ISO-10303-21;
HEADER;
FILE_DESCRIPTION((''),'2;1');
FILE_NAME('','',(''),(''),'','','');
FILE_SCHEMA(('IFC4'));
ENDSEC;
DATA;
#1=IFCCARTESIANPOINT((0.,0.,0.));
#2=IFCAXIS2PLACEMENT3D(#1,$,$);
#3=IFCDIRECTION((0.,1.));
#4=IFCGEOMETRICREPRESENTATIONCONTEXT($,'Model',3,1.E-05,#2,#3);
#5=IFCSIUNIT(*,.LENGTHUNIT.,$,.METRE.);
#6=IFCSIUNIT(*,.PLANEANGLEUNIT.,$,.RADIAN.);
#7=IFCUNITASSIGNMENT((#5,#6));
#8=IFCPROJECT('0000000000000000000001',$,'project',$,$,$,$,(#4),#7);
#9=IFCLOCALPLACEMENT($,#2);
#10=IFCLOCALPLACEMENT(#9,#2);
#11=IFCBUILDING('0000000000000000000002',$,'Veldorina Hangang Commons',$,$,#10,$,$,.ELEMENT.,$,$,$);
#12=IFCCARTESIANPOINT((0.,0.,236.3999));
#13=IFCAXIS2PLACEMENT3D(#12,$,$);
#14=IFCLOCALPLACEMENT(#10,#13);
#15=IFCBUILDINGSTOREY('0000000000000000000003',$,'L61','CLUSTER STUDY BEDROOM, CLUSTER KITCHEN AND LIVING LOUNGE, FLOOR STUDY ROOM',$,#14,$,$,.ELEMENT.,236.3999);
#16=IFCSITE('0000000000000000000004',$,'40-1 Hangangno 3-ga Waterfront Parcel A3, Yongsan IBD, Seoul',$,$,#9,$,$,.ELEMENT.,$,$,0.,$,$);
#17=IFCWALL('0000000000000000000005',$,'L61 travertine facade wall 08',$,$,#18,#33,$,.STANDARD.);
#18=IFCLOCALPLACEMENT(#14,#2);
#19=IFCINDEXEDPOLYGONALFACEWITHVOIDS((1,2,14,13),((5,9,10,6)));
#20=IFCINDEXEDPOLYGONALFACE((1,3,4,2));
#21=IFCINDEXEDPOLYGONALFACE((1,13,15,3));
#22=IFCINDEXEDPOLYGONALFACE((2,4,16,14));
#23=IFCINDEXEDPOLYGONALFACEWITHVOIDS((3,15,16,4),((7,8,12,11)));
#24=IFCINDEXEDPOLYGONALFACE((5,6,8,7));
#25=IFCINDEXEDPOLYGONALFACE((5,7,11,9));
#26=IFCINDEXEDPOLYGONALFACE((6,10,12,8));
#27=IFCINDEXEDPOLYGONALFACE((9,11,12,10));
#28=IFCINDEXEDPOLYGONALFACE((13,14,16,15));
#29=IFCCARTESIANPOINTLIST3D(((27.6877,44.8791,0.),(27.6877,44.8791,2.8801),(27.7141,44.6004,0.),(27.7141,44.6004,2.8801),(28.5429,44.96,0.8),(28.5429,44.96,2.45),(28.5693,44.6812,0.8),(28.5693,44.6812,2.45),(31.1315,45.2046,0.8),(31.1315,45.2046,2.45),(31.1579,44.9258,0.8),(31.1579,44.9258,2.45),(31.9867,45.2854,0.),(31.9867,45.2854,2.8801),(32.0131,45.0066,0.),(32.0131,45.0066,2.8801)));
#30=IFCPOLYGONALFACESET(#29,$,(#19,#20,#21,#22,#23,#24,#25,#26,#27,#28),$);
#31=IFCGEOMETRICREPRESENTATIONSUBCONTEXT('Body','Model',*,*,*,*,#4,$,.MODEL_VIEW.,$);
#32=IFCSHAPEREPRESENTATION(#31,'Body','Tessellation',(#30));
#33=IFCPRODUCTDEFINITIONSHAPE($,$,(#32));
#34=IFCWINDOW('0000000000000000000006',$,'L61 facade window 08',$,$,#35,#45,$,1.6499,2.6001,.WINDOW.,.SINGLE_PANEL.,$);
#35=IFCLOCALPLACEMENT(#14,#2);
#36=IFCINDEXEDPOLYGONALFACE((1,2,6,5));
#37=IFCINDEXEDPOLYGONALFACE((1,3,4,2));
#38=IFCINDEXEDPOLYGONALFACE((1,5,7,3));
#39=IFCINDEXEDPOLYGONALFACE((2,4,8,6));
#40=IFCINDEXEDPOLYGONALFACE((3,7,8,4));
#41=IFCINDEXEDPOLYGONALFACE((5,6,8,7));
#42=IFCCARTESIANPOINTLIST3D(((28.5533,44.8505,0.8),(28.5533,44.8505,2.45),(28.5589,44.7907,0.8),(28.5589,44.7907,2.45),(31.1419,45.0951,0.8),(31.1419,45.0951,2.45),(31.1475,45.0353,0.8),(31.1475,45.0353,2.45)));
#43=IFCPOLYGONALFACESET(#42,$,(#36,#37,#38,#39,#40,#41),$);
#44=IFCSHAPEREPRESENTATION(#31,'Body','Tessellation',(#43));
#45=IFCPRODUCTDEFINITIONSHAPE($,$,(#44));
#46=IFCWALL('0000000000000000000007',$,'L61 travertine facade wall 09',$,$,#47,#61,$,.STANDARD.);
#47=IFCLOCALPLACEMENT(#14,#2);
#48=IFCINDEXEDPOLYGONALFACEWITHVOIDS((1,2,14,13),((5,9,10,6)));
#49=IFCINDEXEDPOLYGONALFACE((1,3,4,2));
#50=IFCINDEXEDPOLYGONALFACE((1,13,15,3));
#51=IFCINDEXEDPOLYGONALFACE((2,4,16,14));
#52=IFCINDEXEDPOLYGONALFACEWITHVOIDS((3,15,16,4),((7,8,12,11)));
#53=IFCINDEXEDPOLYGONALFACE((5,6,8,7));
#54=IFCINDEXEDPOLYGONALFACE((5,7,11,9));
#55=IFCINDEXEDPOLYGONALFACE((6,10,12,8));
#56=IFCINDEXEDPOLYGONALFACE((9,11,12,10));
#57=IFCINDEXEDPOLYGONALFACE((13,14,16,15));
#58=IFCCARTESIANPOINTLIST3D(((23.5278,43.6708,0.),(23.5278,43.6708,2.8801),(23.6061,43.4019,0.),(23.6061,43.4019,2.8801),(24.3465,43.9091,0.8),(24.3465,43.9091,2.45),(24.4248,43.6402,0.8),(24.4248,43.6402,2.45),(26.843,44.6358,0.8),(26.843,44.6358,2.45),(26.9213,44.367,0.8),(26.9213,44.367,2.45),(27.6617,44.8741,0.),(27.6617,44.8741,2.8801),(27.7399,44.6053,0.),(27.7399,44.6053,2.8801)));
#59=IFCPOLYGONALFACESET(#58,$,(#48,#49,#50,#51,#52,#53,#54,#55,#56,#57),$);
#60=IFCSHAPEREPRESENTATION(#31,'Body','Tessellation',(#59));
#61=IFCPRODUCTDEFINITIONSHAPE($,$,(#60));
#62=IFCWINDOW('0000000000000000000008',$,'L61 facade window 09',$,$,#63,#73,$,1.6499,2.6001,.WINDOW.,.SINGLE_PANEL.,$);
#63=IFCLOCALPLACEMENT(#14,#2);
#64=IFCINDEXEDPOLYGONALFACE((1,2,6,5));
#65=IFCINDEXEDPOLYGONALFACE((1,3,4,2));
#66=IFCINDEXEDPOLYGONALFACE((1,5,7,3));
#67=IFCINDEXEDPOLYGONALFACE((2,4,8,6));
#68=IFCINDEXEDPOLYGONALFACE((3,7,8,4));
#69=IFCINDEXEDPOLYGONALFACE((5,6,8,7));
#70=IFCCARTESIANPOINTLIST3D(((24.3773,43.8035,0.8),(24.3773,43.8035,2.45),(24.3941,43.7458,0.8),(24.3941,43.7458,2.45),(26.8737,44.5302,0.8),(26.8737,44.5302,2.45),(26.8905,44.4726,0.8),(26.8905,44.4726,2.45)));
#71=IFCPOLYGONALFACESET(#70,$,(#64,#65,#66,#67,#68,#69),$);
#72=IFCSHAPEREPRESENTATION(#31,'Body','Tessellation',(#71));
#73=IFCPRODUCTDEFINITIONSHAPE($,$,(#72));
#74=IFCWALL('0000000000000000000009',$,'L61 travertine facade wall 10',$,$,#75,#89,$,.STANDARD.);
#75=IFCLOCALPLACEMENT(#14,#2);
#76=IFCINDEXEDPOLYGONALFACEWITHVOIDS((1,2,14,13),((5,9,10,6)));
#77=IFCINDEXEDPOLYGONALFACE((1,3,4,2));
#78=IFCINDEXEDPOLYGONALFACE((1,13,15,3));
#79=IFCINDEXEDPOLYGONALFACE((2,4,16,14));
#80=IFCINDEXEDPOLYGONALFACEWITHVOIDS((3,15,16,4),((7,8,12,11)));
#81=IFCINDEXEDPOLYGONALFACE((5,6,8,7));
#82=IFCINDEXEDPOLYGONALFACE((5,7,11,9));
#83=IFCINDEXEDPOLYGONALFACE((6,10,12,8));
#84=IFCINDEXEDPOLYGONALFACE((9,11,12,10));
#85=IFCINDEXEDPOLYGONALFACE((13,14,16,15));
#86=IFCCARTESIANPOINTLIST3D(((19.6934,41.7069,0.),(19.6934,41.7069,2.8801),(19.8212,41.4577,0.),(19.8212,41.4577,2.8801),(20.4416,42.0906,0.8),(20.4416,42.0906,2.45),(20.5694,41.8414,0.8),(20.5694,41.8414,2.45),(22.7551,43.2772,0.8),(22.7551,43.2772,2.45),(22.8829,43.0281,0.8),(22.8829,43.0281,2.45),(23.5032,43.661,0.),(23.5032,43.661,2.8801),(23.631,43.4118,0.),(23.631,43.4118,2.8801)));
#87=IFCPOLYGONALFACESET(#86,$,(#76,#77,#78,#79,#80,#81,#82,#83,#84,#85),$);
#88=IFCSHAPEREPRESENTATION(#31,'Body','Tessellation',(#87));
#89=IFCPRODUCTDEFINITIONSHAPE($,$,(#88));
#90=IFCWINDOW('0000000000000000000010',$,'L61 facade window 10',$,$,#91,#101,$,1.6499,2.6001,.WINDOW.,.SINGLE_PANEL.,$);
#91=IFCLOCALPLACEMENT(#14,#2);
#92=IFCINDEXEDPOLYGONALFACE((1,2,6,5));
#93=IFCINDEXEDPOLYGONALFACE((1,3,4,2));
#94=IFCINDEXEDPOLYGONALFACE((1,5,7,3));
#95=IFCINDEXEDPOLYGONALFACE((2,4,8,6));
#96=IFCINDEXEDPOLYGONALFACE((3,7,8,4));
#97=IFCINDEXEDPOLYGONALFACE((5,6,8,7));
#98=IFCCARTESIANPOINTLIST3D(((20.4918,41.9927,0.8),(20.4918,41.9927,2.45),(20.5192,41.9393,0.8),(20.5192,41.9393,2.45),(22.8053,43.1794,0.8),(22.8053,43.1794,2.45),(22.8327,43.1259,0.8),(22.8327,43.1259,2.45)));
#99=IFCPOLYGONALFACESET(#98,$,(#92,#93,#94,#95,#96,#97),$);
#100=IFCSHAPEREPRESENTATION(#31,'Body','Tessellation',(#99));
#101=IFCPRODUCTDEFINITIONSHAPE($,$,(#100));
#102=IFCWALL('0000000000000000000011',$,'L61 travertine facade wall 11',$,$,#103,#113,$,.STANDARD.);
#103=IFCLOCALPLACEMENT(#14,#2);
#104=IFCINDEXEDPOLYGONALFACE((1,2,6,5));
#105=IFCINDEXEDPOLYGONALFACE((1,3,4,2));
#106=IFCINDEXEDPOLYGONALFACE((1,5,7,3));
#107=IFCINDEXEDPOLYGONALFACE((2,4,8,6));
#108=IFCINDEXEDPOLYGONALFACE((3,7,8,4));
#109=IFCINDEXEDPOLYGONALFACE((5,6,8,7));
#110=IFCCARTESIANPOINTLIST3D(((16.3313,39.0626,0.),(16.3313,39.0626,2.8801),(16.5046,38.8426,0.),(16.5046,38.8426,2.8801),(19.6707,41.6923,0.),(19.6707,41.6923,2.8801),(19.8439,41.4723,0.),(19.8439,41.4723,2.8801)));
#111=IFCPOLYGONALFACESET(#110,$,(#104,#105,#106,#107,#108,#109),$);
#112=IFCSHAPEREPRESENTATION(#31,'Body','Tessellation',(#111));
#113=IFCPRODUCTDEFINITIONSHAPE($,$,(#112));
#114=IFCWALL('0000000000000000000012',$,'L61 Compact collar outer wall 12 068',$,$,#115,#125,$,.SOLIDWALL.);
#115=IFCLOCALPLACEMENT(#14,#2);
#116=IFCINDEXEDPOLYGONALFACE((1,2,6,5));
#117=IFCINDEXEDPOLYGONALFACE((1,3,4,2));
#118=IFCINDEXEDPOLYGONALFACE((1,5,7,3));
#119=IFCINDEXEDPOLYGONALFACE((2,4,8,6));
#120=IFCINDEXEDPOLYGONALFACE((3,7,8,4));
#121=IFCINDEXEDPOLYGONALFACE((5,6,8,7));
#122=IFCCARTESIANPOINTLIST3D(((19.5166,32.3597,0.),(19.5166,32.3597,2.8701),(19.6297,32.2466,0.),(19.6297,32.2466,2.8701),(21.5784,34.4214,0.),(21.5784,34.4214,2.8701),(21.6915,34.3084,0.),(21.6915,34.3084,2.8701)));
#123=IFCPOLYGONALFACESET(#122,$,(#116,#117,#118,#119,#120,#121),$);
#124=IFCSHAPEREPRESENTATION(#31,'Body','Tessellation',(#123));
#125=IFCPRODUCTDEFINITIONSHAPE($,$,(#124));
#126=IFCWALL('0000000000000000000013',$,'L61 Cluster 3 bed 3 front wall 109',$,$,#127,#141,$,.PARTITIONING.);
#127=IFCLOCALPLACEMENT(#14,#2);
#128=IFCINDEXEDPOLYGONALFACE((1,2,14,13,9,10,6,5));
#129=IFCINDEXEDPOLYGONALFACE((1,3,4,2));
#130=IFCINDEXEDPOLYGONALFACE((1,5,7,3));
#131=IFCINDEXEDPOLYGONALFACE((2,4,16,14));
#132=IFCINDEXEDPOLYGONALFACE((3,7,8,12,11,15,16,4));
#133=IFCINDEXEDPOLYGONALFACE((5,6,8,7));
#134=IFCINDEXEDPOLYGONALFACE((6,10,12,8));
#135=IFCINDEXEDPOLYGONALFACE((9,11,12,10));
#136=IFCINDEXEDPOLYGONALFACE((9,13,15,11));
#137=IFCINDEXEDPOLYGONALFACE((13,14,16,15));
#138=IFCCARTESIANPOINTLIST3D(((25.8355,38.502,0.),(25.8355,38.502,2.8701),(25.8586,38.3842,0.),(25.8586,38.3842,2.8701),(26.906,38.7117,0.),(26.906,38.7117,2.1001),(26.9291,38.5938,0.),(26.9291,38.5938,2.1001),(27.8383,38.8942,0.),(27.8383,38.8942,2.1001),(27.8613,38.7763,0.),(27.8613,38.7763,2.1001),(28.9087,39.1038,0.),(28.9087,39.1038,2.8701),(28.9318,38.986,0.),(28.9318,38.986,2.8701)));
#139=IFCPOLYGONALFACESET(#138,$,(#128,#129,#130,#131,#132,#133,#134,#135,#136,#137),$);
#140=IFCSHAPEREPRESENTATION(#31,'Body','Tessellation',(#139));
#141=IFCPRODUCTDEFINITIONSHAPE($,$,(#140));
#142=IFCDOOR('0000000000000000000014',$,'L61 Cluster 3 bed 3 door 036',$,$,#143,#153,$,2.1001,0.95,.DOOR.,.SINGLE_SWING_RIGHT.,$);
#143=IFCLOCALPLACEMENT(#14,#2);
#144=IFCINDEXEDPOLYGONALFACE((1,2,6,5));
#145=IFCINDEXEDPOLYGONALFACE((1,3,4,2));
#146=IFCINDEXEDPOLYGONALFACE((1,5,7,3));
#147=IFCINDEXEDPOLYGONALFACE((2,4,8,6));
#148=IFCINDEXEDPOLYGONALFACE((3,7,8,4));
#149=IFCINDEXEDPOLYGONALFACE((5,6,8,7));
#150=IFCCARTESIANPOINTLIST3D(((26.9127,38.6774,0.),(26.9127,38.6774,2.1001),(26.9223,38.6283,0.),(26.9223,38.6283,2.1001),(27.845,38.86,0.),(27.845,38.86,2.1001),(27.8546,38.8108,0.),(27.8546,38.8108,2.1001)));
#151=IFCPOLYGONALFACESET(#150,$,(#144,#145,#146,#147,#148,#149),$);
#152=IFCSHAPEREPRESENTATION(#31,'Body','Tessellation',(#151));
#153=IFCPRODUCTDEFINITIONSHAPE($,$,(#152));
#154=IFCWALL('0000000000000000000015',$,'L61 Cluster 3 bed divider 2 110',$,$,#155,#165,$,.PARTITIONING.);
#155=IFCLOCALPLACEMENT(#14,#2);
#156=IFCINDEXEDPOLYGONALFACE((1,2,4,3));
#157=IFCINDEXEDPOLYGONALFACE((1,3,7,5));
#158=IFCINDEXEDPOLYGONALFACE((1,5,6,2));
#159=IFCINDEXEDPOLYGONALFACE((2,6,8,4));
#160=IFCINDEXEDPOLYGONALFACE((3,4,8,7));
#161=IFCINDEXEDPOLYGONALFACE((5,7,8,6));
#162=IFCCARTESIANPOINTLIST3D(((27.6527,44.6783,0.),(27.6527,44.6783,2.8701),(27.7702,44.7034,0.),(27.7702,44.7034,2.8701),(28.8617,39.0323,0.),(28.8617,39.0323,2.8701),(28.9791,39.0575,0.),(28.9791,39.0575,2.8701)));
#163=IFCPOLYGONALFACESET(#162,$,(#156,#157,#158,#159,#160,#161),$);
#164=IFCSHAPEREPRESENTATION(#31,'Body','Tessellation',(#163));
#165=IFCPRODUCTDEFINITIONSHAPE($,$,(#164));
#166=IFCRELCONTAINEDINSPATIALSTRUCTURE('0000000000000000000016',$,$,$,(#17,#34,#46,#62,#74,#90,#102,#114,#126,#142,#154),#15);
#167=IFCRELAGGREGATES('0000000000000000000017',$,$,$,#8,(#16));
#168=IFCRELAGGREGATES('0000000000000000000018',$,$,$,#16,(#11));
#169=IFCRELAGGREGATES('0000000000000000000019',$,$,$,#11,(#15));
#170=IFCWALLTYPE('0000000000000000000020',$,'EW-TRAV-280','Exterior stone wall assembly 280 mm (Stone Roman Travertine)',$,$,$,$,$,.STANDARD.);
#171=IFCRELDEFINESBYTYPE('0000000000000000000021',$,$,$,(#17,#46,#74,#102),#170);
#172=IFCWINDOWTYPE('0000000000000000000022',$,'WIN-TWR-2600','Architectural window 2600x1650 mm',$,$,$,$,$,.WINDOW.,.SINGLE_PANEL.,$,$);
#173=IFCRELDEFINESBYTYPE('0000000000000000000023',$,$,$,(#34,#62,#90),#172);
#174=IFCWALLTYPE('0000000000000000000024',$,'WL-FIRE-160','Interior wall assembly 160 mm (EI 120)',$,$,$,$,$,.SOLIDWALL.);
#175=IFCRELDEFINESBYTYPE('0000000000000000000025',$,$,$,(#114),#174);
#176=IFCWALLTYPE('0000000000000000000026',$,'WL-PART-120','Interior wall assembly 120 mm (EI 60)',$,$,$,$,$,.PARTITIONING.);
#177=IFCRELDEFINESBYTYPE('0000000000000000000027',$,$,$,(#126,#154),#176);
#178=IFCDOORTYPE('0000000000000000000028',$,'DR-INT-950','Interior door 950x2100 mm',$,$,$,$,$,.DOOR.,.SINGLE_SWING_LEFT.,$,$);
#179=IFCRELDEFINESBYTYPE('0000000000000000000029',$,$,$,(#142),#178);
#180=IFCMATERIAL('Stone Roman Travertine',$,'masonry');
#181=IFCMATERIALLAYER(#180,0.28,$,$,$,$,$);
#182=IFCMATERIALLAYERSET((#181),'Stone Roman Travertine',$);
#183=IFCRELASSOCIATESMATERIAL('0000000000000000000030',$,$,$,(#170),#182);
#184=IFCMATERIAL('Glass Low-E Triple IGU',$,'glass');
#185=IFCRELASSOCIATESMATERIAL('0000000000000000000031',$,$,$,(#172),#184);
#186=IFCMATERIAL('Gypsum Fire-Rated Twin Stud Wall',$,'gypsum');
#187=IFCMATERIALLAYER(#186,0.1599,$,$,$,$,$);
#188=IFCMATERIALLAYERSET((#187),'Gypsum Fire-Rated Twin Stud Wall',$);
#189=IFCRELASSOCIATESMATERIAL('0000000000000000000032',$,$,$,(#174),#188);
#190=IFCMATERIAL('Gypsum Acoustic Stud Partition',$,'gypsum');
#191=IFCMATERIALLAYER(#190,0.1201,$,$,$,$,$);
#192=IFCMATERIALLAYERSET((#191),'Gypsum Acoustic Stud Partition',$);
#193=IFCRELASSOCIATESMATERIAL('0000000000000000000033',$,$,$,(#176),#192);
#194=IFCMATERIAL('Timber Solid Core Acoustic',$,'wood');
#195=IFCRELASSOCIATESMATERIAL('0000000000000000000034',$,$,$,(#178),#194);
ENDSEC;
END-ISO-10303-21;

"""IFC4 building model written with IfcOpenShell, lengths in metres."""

from ifc_helpers import new_model, si_unit, direction, frame, frame_2d, origin, place, context, subcontext, project, spatial, rectangle, extrude, material, layer, layer_set, type_object, element, fill, save


model = new_model("IFC4")

# Units and contexts
model_context = context("Model", 3, precision=1e-05, world=origin(), true_north=direction((0.0, 1.0)))
body_context = subcontext(model_context, "Body", "Model", "MODEL_VIEW")
ifc_project = project(units=[si_unit("LENGTHUNIT", "METRE"), si_unit("PLANEANGLEUNIT", "RADIAN")], contexts=[model_context])

# Site, building, storey
site_placement = place(None, origin())
site = spatial("IfcSite", under=ifc_project, at=site_placement, Name="40-1 Hangangno 3-ga Waterfront Parcel A3, Yongsan IBD, Seoul", CompositionType="ELEMENT", RefElevation=0.0)
building_placement = place(site_placement, origin())
building = spatial("IfcBuilding", under=site, at=building_placement, Name="Veldorina Hangang Commons", CompositionType="ELEMENT")
storey_placement = place(building_placement, frame((0.0, 0.0, 236.3999)))
storey = spatial("IfcBuildingStorey", under=building, at=storey_placement, Name="L61", Description="CLUSTER STUDY BEDROOM, CLUSTER KITCHEN AND LIVING LOUNGE, FLOOR STUDY ROOM", CompositionType="ELEMENT", Elevation=236.3999)

# Walls, openings, windows
ifc_material_1 = material(Name="Stone Roman Travertine", Category="masonry")
ifc_layer_1 = layer(ifc_material_1, 0.28)
ifc_layer_set_1 = layer_set([ifc_layer_1], Name="Stone Roman Travertine")
wall_type_1 = type_object("IfcWallType", Name="EW-TRAV-280", Description="Exterior stone wall assembly 280 mm (Stone Roman Travertine)", PredefinedType="STANDARD", material=ifc_layer_set_1)
wall_1_placement = place(storey_placement, frame((32.0, 45.146, 0.0), z_axis=(0.0, 0.0, 1.0), x_axis=(-0.995565, -0.094078, 0.0)))
wall_1 = element("IfcWall", 1, at=wall_1_placement, inside=storey, type_object=wall_type_1, Name="L61 travertine facade wall 08", PredefinedType="STANDARD", context=body_context, shape_type="SweptSolid", body=[
    extrude(rectangle(XDim=4.3181, YDim=0.28, at=frame_2d((2.1592, 0.0))), origin(), (0.0, 0.0, 1.0), 2.8801),
])
opening_1_placement = place(wall_1_placement, frame((0.8591, 0.0, 0.8)))
opening_1 = element("IfcOpeningElement", 2, at=opening_1_placement, cuts=wall_1, PredefinedType="OPENING", context=body_context, shape_type="SweptSolid", body=[
    extrude(rectangle(XDim=2.6001, YDim=1.6499, at=frame_2d((1.3, 0.825))), frame((0.0, 0.1499, 0.0), z_axis=(0.0, -1.0, 0.0), x_axis=(1.0, 0.0, 0.0)), (0.0, 0.0, 1.0), 0.3),
])
ifc_material_2 = material(Name="Glass Low-E Triple IGU", Category="glass")
window_type = type_object("IfcWindowType", Name="WIN-TWR-2600", Description="Architectural window 2600x1650 mm", PartitioningType="SINGLE_PANEL", PredefinedType="WINDOW", material=ifc_material_2)
window_1_placement = place(opening_1_placement, origin())
window_1 = element("IfcWindow", 3, at=window_1_placement, inside=storey, type_object=window_type, Name="L61 facade window 08", OverallHeight=1.6499, OverallWidth=2.6001, PartitioningType="SINGLE_PANEL", PredefinedType="WINDOW", context=body_context, shape_type="SweptSolid", body=[
    extrude(rectangle(XDim=2.6001, YDim=1.6499, at=frame_2d((1.3, 0.825))), frame((0.0, 0.03, 0.0), z_axis=(0.0, -1.0, 0.0), x_axis=(1.0, 0.0, 0.0)), (0.0, 0.0, 1.0), 0.0601),
])
fill(opening_1, window_1)
wall_2_placement = place(storey_placement, frame((27.7009, 44.7397, 0.0), z_axis=(0.0, 0.0, 1.0), x_axis=(-0.960145, -0.279503, 0.0)))
wall_2 = element("IfcWall", 4, at=wall_2_placement, inside=storey, type_object=wall_type_1, Name="L61 travertine facade wall 09", PredefinedType="STANDARD", context=body_context, shape_type="SweptSolid", body=[
    extrude(rectangle(XDim=4.3054, YDim=0.28, at=frame_2d((2.1528, 0.0))), origin(), (0.0, 0.0, 1.0), 2.8801),
])
opening_2_placement = place(wall_2_placement, frame((0.8528, 0.0, 0.8)))
opening_2 = element("IfcOpeningElement", 5, at=opening_2_placement, cuts=wall_2, PredefinedType="OPENING", context=body_context, shape_type="SweptSolid", body=[
    extrude(rectangle(XDim=2.6001, YDim=1.6499, at=frame_2d((1.3, 0.825))), frame((0.0, 0.1499, 0.0), z_axis=(0.0, -1.0, 0.0), x_axis=(1.0, 0.0, 0.0)), (0.0, 0.0, 1.0), 0.3),
])
window_2_placement = place(opening_2_placement, origin())
window_2 = element("IfcWindow", 6, at=window_2_placement, inside=storey, type_object=window_type, Name="L61 facade window 09", OverallHeight=1.6499, OverallWidth=2.6001, PartitioningType="SINGLE_PANEL", PredefinedType="WINDOW", context=body_context, shape_type="SweptSolid", body=[
    extrude(rectangle(XDim=2.6001, YDim=1.6499, at=frame_2d((1.3, 0.825))), frame((0.0, 0.03, 0.0), z_axis=(0.0, -1.0, 0.0), x_axis=(1.0, 0.0, 0.0)), (0.0, 0.0, 1.0), 0.0601),
])
fill(opening_2, window_2)
wall_3_placement = place(storey_placement, frame((23.5671, 43.5364, 0.0), z_axis=(0.0, 0.0, 1.0), x_axis=(-0.889784, -0.456381, 0.0)))
wall_3 = element("IfcWall", 7, at=wall_3_placement, inside=storey, type_object=wall_type_1, Name="L61 travertine facade wall 10", PredefinedType="STANDARD", context=body_context, shape_type="SweptSolid", body=[
    extrude(rectangle(XDim=4.2817, YDim=0.28, at=frame_2d((2.1409, 0.0))), origin(), (0.0, 0.0, 1.0), 2.8801),
])
opening_3_placement = place(wall_3_placement, frame((0.8408, 0.0, 0.8)))
opening_3 = element("IfcOpeningElement", 8, at=opening_3_placement, cuts=wall_3, PredefinedType="OPENING", context=body_context, shape_type="SweptSolid", body=[
    extrude(rectangle(XDim=2.6001, YDim=1.6499, at=frame_2d((1.3, 0.825))), frame((0.0, 0.1499, 0.0), z_axis=(0.0, -1.0, 0.0), x_axis=(1.0, 0.0, 0.0)), (0.0, 0.0, 1.0), 0.3),
])
window_3_placement = place(opening_3_placement, origin())
window_3 = element("IfcWindow", 9, at=window_3_placement, inside=storey, type_object=window_type, Name="L61 facade window 10", OverallHeight=1.6499, OverallWidth=2.6001, PartitioningType="SINGLE_PANEL", PredefinedType="WINDOW", context=body_context, shape_type="SweptSolid", body=[
    extrude(rectangle(XDim=2.6001, YDim=1.6499, at=frame_2d((1.3, 0.825))), frame((0.0, 0.03, 0.0), z_axis=(0.0, -1.0, 0.0), x_axis=(1.0, 0.0, 0.0)), (0.0, 0.0, 1.0), 0.0601),
])
fill(opening_3, window_3)

# Walls
wall_4_placement = place(storey_placement, frame((19.7573, 41.5823, 0.0), z_axis=(0.0, 0.0, 1.0), x_axis=(-0.785648, -0.618674, 0.0)))
element("IfcWall", 10, at=wall_4_placement, inside=storey, type_object=wall_type_1, Name="L61 travertine facade wall 11", PredefinedType="STANDARD", context=body_context, shape_type="SweptSolid", body=[
    extrude(rectangle(XDim=4.2505, YDim=0.28, at=frame_2d((2.1252, 0.0))), origin(), (0.0, 0.0, 1.0), 2.8801),
])
ifc_material_3 = material(Name="Gypsum Fire-Rated Twin Stud Wall", Category="gypsum")
ifc_layer_2 = layer(ifc_material_3, 0.1599)
ifc_layer_set_2 = layer_set([ifc_layer_2], Name="Gypsum Fire-Rated Twin Stud Wall")
wall_type_2 = type_object("IfcWallType", Name="WL-FIRE-160", Description="Interior wall assembly 160 mm (EI 120)", PredefinedType="SOLIDWALL", material=ifc_layer_set_2)
wall_5_placement = place(storey_placement, frame((21.635, 34.365, 0.0), z_axis=(0.0, 0.0, 1.0), x_axis=(-0.707107, -0.707107, 0.0)))
element("IfcWall", 11, at=wall_5_placement, inside=storey, type_object=wall_type_2, Name="L61 Compact collar outer wall 12 068", PredefinedType="SOLIDWALL", context=body_context, shape_type="SweptSolid", body=[
    extrude(rectangle(XDim=2.9158, YDim=0.1599, at=frame_2d((1.458, 0.0))), origin(), (0.0, 0.0, 1.0), 2.8701),
])

# Wall, opening, door
ifc_material_4 = material(Name="Gypsum Acoustic Stud Partition", Category="gypsum")
ifc_layer_3 = layer(ifc_material_4, 0.1201)
ifc_layer_set_3 = layer_set([ifc_layer_3], Name="Gypsum Acoustic Stud Partition")
wall_type_3 = type_object("IfcWallType", Name="WL-PART-120", Description="Interior wall assembly 120 mm (EI 60)", PredefinedType="PARTITIONING", material=ifc_layer_set_3)
wall_6_placement = place(storey_placement, frame((28.9204, 39.0449, 0.0), z_axis=(0.0, 0.0, 1.0), x_axis=(-0.981361, -0.192172, 0.0)))
wall_6 = element("IfcWall", 12, at=wall_6_placement, inside=storey, type_object=wall_type_3, Name="L61 Cluster 3 bed 3 front wall 109", PredefinedType="PARTITIONING", context=body_context, shape_type="SweptSolid", body=[
    extrude(rectangle(XDim=3.1316, YDim=0.1201, at=frame_2d((1.5659, 0.0))), origin(), (0.0, 0.0, 1.0), 2.8701),
])
opening_4_placement = place(wall_6_placement, frame((1.0908, 0.0, 0.0)))
opening_4 = element("IfcOpeningElement", 13, at=opening_4_placement, cuts=wall_6, PredefinedType="OPENING", context=body_context, shape_type="SweptSolid", body=[
    extrude(rectangle(XDim=0.95, YDim=2.1001, at=frame_2d((0.4751, 1.05))), frame((0.0, 0.0701, 0.0), z_axis=(0.0, -1.0, 0.0), x_axis=(1.0, 0.0, 0.0)), (0.0, 0.0, 1.0), 0.1401),
])
ifc_material_5 = material(Name="Timber Solid Core Acoustic", Category="wood")
door_type = type_object("IfcDoorType", Name="DR-INT-950", Description="Interior door 950x2100 mm", OperationType="SINGLE_SWING_LEFT", PredefinedType="DOOR", material=ifc_material_5)
door_1_placement = place(opening_4_placement, origin())
door_1 = element("IfcDoor", 14, at=door_1_placement, inside=storey, type_object=door_type, Name="L61 Cluster 3 bed 3 door 036", OperationType="SINGLE_SWING_RIGHT", OverallHeight=2.1001, OverallWidth=0.95, PredefinedType="DOOR", context=body_context, shape_type="SweptSolid", body=[
    extrude(rectangle(XDim=0.95, YDim=2.1001, at=frame_2d((0.4751, 1.05))), frame((0.0, 0.0249, 0.0), z_axis=(0.0, -1.0, 0.0), x_axis=(1.0, 0.0, 0.0)), (0.0, 0.0, 1.0), 0.05),
])
fill(opening_4, door_1)

# Wall
wall_7_placement = place(storey_placement, frame((28.9204, 39.0449, 0.0), z_axis=(0.0, 0.0, 1.0), x_axis=(-0.209385, 0.977833, 0.0)))
element("IfcWall", 15, at=wall_7_placement, inside=storey, type_object=wall_type_3, Name="L61 Cluster 3 bed divider 2 110", PredefinedType="PARTITIONING", context=body_context, shape_type="SweptSolid", body=[
    extrude(rectangle(XDim=5.7739, YDim=0.1201, at=frame_2d((2.887, 0.0))), origin(), (0.0, 0.0, 1.0), 2.8701),
])

save(model, "model.ifc")
